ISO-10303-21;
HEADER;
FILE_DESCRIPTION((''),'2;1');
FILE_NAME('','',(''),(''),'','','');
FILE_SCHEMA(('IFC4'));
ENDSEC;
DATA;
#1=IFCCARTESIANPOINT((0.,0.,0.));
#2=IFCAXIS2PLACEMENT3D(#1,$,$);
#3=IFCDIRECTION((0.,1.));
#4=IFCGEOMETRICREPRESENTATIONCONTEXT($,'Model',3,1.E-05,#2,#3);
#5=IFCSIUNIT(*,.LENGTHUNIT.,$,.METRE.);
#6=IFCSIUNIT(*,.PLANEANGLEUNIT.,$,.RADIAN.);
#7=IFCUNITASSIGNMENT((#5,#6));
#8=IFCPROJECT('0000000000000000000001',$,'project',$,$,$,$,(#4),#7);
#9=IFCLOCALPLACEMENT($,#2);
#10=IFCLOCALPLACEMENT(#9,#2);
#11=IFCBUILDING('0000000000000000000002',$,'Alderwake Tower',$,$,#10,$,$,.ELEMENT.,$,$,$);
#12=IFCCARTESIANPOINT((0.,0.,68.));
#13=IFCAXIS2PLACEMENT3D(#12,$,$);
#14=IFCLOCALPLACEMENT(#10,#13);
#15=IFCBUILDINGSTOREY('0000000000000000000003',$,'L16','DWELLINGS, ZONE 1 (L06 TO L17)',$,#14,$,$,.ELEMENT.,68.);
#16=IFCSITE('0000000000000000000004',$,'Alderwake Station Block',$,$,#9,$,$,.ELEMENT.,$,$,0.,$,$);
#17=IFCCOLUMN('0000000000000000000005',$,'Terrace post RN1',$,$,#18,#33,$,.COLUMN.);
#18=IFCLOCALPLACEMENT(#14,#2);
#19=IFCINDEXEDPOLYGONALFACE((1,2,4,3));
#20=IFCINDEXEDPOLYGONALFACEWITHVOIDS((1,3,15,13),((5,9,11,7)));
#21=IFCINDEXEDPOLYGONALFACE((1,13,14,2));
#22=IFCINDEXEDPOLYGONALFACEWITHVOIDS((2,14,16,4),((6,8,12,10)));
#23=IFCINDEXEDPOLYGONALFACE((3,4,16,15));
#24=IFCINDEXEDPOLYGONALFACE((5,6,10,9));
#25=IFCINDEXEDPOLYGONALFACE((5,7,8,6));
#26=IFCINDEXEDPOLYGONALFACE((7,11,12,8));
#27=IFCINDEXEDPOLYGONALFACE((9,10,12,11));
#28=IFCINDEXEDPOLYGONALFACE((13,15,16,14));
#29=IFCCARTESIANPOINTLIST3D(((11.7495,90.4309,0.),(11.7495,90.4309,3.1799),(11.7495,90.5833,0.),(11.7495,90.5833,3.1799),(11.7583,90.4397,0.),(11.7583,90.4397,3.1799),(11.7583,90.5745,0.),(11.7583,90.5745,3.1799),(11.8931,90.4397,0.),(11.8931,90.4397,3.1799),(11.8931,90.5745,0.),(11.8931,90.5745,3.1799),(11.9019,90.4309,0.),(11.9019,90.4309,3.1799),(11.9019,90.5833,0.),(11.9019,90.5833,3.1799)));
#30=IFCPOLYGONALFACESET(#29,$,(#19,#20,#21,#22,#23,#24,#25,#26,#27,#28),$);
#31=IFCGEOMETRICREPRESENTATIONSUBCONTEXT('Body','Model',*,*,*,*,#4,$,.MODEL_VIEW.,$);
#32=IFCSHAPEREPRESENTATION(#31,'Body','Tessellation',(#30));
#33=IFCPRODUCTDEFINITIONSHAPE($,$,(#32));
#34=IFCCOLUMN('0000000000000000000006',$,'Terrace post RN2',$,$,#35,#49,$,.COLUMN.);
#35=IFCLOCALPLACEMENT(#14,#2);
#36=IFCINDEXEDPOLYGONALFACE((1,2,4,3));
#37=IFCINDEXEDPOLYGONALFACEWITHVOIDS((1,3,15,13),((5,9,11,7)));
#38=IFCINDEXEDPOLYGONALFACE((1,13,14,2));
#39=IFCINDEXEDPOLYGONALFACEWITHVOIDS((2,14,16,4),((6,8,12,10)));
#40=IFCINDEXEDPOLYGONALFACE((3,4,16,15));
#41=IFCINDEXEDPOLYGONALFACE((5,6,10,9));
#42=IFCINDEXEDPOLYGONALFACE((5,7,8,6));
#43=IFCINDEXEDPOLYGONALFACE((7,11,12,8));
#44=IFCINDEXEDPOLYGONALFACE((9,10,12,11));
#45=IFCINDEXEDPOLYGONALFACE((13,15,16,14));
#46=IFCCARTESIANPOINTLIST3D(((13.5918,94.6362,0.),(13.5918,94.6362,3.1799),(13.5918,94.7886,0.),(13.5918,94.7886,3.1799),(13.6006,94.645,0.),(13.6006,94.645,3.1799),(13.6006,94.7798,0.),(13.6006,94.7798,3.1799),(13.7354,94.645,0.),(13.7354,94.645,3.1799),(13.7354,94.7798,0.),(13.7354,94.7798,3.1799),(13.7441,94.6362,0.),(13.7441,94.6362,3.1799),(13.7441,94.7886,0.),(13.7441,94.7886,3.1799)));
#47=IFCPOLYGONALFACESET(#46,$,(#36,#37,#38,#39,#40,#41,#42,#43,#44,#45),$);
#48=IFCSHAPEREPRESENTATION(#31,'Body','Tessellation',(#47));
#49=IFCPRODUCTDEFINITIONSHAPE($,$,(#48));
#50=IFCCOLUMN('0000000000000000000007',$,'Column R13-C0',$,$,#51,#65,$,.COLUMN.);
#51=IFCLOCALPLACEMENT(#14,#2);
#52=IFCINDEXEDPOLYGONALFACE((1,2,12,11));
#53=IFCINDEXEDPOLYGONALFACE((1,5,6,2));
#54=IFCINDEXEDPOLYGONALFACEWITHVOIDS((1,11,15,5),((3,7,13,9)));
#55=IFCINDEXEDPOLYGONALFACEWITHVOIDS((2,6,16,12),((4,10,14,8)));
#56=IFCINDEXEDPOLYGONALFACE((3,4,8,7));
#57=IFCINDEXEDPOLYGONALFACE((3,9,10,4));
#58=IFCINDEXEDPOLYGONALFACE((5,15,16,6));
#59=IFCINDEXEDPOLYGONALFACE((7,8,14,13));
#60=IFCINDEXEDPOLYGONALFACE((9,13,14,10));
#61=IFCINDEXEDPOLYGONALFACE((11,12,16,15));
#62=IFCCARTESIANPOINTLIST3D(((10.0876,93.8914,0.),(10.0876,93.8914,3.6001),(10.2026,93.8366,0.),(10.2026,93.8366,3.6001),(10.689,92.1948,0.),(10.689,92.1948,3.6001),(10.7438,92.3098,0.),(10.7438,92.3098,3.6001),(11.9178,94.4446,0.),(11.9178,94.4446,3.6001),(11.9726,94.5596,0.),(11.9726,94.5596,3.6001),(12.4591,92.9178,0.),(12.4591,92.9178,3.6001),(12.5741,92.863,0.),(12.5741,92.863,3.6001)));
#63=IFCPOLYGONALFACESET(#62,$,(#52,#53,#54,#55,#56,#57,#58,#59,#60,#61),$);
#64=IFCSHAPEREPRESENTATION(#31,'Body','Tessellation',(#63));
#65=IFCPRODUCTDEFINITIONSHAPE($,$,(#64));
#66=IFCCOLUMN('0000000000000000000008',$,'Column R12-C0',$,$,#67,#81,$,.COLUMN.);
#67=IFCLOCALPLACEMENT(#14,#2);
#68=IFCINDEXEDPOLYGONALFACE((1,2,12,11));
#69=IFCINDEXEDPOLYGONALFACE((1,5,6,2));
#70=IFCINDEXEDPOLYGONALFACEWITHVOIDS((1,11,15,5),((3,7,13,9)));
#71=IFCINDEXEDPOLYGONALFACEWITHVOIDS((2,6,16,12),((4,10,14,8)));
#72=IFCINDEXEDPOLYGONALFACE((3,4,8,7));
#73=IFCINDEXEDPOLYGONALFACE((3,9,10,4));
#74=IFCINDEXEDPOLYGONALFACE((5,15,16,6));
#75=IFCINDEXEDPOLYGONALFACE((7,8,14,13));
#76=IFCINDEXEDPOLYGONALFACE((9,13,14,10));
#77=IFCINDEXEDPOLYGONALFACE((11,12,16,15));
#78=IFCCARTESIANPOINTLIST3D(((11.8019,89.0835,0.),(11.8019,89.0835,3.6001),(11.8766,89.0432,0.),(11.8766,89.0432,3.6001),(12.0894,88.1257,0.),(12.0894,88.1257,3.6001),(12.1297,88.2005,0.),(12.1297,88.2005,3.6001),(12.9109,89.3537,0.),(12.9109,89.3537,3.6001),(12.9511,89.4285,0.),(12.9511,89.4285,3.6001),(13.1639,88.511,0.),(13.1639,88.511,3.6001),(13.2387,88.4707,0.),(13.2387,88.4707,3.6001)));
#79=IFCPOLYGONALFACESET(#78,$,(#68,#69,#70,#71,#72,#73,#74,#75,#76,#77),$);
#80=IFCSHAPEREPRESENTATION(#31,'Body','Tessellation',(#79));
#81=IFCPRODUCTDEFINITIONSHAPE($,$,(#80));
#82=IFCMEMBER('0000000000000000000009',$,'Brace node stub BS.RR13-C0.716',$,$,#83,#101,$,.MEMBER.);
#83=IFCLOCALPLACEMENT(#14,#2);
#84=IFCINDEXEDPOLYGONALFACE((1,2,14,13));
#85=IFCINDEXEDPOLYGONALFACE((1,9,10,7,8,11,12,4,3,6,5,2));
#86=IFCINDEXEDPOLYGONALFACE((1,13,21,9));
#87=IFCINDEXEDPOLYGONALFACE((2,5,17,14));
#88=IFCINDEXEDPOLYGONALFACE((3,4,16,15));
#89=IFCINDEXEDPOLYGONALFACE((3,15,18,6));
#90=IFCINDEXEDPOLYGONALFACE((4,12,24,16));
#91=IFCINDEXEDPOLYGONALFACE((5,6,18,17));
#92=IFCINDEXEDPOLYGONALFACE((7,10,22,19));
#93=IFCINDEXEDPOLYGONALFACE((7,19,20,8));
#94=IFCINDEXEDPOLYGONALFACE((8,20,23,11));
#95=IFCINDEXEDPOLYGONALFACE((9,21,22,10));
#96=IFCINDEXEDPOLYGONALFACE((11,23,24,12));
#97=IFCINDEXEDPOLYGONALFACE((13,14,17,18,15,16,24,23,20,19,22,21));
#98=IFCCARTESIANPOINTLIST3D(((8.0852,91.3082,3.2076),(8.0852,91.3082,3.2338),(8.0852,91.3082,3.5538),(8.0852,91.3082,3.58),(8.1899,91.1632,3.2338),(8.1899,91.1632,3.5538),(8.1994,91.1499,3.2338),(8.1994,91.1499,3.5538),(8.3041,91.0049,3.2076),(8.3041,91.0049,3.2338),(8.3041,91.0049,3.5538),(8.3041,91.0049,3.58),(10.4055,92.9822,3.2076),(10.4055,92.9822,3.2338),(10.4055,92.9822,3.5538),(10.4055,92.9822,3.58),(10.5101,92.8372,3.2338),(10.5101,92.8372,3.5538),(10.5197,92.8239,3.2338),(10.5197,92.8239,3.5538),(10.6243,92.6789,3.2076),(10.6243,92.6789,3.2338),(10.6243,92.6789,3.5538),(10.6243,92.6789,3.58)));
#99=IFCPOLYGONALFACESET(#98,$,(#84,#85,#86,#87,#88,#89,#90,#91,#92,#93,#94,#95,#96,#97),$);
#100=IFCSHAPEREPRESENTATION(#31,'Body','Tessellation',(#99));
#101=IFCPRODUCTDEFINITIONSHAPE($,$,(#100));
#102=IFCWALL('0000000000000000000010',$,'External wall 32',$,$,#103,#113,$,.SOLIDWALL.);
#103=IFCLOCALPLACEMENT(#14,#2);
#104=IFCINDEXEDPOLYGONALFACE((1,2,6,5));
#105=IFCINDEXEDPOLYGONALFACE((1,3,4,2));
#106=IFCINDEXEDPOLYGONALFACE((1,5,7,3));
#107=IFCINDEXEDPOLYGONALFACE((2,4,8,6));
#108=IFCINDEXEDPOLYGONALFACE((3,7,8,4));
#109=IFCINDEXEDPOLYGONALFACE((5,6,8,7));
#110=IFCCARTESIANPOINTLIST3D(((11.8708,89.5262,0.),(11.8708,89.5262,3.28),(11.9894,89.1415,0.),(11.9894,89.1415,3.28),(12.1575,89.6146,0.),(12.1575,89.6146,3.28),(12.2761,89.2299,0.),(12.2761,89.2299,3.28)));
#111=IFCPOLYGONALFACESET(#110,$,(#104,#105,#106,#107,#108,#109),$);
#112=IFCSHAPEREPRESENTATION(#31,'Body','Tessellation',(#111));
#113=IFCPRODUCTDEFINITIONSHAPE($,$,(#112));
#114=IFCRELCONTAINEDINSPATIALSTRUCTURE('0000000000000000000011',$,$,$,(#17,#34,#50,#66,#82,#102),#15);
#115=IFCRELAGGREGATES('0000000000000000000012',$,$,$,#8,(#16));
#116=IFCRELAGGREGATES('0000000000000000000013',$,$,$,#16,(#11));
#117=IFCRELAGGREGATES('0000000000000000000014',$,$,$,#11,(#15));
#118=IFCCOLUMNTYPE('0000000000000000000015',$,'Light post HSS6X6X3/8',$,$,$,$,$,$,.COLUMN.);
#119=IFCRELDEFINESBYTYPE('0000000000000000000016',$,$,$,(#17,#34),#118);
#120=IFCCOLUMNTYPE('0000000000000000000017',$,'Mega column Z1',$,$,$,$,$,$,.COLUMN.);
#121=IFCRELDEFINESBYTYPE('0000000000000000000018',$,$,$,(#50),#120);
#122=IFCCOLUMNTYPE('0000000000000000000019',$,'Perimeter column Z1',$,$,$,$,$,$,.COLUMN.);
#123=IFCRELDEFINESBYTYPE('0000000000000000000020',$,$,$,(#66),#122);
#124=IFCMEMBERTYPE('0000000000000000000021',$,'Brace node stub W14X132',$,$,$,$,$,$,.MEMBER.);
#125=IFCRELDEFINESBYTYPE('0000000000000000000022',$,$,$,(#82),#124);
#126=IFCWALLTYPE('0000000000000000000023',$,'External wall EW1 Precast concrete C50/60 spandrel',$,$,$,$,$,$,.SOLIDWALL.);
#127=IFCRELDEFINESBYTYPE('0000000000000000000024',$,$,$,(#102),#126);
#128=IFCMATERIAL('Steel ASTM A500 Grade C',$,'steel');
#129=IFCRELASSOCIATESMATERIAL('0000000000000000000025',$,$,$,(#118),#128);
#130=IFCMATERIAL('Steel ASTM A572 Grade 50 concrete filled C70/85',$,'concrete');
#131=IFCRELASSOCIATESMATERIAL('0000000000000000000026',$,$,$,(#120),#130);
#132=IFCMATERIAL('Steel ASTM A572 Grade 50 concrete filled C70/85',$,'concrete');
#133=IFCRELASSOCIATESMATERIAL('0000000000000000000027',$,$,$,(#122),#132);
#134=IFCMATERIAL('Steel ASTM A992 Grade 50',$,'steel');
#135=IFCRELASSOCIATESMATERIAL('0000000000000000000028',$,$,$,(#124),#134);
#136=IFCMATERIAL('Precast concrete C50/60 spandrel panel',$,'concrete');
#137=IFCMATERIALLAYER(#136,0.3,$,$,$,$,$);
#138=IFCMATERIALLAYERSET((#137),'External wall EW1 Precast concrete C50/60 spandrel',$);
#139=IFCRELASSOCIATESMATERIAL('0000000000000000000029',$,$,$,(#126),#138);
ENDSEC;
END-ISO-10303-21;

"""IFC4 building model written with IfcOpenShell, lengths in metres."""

from ifc_helpers import new_model, si_unit, direction, frame, frame_2d, origin, origin_2d, place, context, subcontext, project, spatial, rectangle, hollow_rectangle, i_section, extrude, material, layer, layer_set, material_profile, profile_set, type_object, element, save


model = new_model("IFC4")

# Units and contexts
model_context = context("Model", 3, precision=1e-05, world=origin(), true_north=direction((0.0, 1.0)))
body_context = subcontext(model_context, "Body", "Model", "MODEL_VIEW")
ifc_project = project(units=[si_unit("LENGTHUNIT", "METRE"), si_unit("PLANEANGLEUNIT", "RADIAN")], contexts=[model_context])

# Site, building, storey
site_placement = place(None, origin())
site = spatial("IfcSite", under=ifc_project, at=site_placement, Name="Alderwake Station Block", CompositionType="ELEMENT", RefElevation=0.0)
building_placement = place(site_placement, origin())
building = spatial("IfcBuilding", under=site, at=building_placement, Name="Alderwake Tower", CompositionType="ELEMENT")
storey_placement = place(building_placement, frame((0.0, 0.0, 68.0)))
storey = spatial("IfcBuildingStorey", under=building, at=storey_placement, Name="L16", Description="DWELLINGS, ZONE 1 (L06 TO L17)", CompositionType="ELEMENT", Elevation=68.0)

# Columns
ifc_material_1 = material(Name="Steel ASTM A500 Grade C", Category="steel")
ifc_material_profile_1 = material_profile(ifc_material_1, hollow_rectangle(XDim=0.1523, YDim=0.1523, WallThickness=0.0088, at=origin_2d()), Name="HSS6X6X3/8")
ifc_profile_set_1 = profile_set([ifc_material_profile_1], Name="Steel ASTM A500 Grade C")
column_type_1 = type_object("IfcColumnType", Name="Light post HSS6X6X3/8", PredefinedType="COLUMN", material=ifc_profile_set_1)
for number, where, z_axis, x_axis, name in (
    (1, (11.8257, 90.5071, 0.0), (0.0, 0.0, 1.0), (1.0, 0.0, 0.0), "Terrace post RN1"),
    (2, (13.668, 94.7124, 0.0), (0.0, 0.0, 1.0), (1.0, 0.0, 0.0), "Terrace post RN2"),
):
    element("IfcColumn", number, at=place(storey_placement, frame(where, z_axis=z_axis, x_axis=x_axis)), inside=storey, type_object=column_type_1, Name=name, PredefinedType="COLUMN", context=body_context, shape_type="SweptSolid", body=[
        extrude(hollow_rectangle(XDim=0.1523, YDim=0.1523, WallThickness=0.0088, at=origin_2d()), origin(), (0.0, 0.0, 1.0), 3.1799),
    ])
ifc_material_2 = material(Name="Steel ASTM A572 Grade 50 concrete filled C70/85", Category="concrete")
ifc_material_profile_2 = material_profile(ifc_material_2, hollow_rectangle(XDim=1.8, YDim=2.0, WallThickness=0.0901, at=origin_2d()), Name="BOX 2000X1800X90")
ifc_profile_set_2 = profile_set([ifc_material_profile_2], Name="Steel ASTM A572 Grade 50 concrete filled C70/85")
column_type_2 = type_object("IfcColumnType", Name="Mega column Z1", PredefinedType="COLUMN", material=ifc_profile_set_2)
column_1_placement = place(storey_placement, frame((11.3308, 93.3772, 0.0), z_axis=(0.0, 0.0, 1.0), x_axis=(-0.334131, 0.942527, 0.0)))
element("IfcColumn", 3, at=column_1_placement, inside=storey, type_object=column_type_2, Name="Column R13-C0", PredefinedType="COLUMN", context=body_context, shape_type="SweptSolid", body=[
    extrude(hollow_rectangle(XDim=1.8, YDim=2.0, WallThickness=0.0901, at=origin_2d()), origin(), (0.0, 0.0, 1.0), 3.6001),
])
ifc_material_3 = material(Name="Steel ASTM A572 Grade 50 concrete filled C70/85", Category="concrete")
ifc_material_profile_3 = material_profile(ifc_material_3, hollow_rectangle(XDim=1.0, YDim=1.2, WallThickness=0.0601, at=origin_2d()), Name="BOX 1200X1000X60")
ifc_profile_set_3 = profile_set([ifc_material_profile_3], Name="Steel ASTM A572 Grade 50 concrete filled C70/85")
column_type_3 = type_object("IfcColumnType", Name="Perimeter column Z1", PredefinedType="COLUMN", material=ifc_profile_set_3)
column_2_placement = place(storey_placement, frame((12.5203, 88.7771, 0.0), z_axis=(0.0, 0.0, 1.0), x_axis=(-0.287549, 0.957766, 0.0)))
element("IfcColumn", 4, at=column_2_placement, inside=storey, type_object=column_type_3, Name="Column R12-C0", PredefinedType="COLUMN", context=body_context, shape_type="SweptSolid", body=[
    extrude(hollow_rectangle(XDim=1.0, YDim=1.2, WallThickness=0.0601, at=origin_2d()), origin(), (0.0, 0.0, 1.0), 3.6001),
])

# Member
ifc_material_4 = material(Name="Steel ASTM A992 Grade 50", Category="steel")
ifc_material_profile_4 = material_profile(ifc_material_4, i_section(OverallWidth=0.374, OverallDepth=0.3723, WebThickness=0.0164, FlangeThickness=0.0261, at=origin_2d()), Name="W14X132")
ifc_profile_set_4 = profile_set([ifc_material_profile_4], Name="Steel ASTM A992 Grade 50")
member_type = type_object("IfcMemberType", Name="Brace node stub W14X132", PredefinedType="MEMBER", material=ifc_profile_set_4)
member_placement = place(storey_placement, frame((10.5149, 92.8306, 3.3938), z_axis=(-0.810963, -0.585098, 0.0), x_axis=(0.585098, -0.810963, 0.0)))
element("IfcMember", 5, at=member_placement, inside=storey, type_object=member_type, Name="Brace node stub BS.RR13-C0.716", PredefinedType="MEMBER", context=body_context, shape_type="SweptSolid", body=[
    extrude(i_section(OverallWidth=0.374, OverallDepth=0.3723, WebThickness=0.0164, FlangeThickness=0.0261, at=origin_2d()), origin(), (0.0, 0.0, 1.0), 2.8611),
])

# Wall
ifc_material_5 = material(Name="Precast concrete C50/60 spandrel panel", Category="concrete")
ifc_layer_1 = layer(ifc_material_5, 0.3)
ifc_layer_set_1 = layer_set([ifc_layer_1], Name="External wall EW1 Precast concrete C50/60 spandrel")
wall_type_1 = type_object("IfcWallType", Name="External wall EW1 Precast concrete C50/60 spandrel", PredefinedType="SOLIDWALL", material=ifc_layer_set_1)
wall_1_placement = place(storey_placement, frame((12.0142, 89.5703, 0.0), z_axis=(0.0, 0.0, 1.0), x_axis=(0.294682, -0.955595, 0.0)))
element("IfcWall", 6, at=wall_1_placement, inside=storey, type_object=wall_type_1, Name="External wall 32", PredefinedType="SOLIDWALL", context=body_context, shape_type="SweptSolid", body=[
    extrude(rectangle(XDim=0.4026, YDim=0.3, at=frame_2d((0.2012, 0.0))), origin(), (0.0, 0.0, 1.0), 3.28),
])

save(model, "model.ifc")
